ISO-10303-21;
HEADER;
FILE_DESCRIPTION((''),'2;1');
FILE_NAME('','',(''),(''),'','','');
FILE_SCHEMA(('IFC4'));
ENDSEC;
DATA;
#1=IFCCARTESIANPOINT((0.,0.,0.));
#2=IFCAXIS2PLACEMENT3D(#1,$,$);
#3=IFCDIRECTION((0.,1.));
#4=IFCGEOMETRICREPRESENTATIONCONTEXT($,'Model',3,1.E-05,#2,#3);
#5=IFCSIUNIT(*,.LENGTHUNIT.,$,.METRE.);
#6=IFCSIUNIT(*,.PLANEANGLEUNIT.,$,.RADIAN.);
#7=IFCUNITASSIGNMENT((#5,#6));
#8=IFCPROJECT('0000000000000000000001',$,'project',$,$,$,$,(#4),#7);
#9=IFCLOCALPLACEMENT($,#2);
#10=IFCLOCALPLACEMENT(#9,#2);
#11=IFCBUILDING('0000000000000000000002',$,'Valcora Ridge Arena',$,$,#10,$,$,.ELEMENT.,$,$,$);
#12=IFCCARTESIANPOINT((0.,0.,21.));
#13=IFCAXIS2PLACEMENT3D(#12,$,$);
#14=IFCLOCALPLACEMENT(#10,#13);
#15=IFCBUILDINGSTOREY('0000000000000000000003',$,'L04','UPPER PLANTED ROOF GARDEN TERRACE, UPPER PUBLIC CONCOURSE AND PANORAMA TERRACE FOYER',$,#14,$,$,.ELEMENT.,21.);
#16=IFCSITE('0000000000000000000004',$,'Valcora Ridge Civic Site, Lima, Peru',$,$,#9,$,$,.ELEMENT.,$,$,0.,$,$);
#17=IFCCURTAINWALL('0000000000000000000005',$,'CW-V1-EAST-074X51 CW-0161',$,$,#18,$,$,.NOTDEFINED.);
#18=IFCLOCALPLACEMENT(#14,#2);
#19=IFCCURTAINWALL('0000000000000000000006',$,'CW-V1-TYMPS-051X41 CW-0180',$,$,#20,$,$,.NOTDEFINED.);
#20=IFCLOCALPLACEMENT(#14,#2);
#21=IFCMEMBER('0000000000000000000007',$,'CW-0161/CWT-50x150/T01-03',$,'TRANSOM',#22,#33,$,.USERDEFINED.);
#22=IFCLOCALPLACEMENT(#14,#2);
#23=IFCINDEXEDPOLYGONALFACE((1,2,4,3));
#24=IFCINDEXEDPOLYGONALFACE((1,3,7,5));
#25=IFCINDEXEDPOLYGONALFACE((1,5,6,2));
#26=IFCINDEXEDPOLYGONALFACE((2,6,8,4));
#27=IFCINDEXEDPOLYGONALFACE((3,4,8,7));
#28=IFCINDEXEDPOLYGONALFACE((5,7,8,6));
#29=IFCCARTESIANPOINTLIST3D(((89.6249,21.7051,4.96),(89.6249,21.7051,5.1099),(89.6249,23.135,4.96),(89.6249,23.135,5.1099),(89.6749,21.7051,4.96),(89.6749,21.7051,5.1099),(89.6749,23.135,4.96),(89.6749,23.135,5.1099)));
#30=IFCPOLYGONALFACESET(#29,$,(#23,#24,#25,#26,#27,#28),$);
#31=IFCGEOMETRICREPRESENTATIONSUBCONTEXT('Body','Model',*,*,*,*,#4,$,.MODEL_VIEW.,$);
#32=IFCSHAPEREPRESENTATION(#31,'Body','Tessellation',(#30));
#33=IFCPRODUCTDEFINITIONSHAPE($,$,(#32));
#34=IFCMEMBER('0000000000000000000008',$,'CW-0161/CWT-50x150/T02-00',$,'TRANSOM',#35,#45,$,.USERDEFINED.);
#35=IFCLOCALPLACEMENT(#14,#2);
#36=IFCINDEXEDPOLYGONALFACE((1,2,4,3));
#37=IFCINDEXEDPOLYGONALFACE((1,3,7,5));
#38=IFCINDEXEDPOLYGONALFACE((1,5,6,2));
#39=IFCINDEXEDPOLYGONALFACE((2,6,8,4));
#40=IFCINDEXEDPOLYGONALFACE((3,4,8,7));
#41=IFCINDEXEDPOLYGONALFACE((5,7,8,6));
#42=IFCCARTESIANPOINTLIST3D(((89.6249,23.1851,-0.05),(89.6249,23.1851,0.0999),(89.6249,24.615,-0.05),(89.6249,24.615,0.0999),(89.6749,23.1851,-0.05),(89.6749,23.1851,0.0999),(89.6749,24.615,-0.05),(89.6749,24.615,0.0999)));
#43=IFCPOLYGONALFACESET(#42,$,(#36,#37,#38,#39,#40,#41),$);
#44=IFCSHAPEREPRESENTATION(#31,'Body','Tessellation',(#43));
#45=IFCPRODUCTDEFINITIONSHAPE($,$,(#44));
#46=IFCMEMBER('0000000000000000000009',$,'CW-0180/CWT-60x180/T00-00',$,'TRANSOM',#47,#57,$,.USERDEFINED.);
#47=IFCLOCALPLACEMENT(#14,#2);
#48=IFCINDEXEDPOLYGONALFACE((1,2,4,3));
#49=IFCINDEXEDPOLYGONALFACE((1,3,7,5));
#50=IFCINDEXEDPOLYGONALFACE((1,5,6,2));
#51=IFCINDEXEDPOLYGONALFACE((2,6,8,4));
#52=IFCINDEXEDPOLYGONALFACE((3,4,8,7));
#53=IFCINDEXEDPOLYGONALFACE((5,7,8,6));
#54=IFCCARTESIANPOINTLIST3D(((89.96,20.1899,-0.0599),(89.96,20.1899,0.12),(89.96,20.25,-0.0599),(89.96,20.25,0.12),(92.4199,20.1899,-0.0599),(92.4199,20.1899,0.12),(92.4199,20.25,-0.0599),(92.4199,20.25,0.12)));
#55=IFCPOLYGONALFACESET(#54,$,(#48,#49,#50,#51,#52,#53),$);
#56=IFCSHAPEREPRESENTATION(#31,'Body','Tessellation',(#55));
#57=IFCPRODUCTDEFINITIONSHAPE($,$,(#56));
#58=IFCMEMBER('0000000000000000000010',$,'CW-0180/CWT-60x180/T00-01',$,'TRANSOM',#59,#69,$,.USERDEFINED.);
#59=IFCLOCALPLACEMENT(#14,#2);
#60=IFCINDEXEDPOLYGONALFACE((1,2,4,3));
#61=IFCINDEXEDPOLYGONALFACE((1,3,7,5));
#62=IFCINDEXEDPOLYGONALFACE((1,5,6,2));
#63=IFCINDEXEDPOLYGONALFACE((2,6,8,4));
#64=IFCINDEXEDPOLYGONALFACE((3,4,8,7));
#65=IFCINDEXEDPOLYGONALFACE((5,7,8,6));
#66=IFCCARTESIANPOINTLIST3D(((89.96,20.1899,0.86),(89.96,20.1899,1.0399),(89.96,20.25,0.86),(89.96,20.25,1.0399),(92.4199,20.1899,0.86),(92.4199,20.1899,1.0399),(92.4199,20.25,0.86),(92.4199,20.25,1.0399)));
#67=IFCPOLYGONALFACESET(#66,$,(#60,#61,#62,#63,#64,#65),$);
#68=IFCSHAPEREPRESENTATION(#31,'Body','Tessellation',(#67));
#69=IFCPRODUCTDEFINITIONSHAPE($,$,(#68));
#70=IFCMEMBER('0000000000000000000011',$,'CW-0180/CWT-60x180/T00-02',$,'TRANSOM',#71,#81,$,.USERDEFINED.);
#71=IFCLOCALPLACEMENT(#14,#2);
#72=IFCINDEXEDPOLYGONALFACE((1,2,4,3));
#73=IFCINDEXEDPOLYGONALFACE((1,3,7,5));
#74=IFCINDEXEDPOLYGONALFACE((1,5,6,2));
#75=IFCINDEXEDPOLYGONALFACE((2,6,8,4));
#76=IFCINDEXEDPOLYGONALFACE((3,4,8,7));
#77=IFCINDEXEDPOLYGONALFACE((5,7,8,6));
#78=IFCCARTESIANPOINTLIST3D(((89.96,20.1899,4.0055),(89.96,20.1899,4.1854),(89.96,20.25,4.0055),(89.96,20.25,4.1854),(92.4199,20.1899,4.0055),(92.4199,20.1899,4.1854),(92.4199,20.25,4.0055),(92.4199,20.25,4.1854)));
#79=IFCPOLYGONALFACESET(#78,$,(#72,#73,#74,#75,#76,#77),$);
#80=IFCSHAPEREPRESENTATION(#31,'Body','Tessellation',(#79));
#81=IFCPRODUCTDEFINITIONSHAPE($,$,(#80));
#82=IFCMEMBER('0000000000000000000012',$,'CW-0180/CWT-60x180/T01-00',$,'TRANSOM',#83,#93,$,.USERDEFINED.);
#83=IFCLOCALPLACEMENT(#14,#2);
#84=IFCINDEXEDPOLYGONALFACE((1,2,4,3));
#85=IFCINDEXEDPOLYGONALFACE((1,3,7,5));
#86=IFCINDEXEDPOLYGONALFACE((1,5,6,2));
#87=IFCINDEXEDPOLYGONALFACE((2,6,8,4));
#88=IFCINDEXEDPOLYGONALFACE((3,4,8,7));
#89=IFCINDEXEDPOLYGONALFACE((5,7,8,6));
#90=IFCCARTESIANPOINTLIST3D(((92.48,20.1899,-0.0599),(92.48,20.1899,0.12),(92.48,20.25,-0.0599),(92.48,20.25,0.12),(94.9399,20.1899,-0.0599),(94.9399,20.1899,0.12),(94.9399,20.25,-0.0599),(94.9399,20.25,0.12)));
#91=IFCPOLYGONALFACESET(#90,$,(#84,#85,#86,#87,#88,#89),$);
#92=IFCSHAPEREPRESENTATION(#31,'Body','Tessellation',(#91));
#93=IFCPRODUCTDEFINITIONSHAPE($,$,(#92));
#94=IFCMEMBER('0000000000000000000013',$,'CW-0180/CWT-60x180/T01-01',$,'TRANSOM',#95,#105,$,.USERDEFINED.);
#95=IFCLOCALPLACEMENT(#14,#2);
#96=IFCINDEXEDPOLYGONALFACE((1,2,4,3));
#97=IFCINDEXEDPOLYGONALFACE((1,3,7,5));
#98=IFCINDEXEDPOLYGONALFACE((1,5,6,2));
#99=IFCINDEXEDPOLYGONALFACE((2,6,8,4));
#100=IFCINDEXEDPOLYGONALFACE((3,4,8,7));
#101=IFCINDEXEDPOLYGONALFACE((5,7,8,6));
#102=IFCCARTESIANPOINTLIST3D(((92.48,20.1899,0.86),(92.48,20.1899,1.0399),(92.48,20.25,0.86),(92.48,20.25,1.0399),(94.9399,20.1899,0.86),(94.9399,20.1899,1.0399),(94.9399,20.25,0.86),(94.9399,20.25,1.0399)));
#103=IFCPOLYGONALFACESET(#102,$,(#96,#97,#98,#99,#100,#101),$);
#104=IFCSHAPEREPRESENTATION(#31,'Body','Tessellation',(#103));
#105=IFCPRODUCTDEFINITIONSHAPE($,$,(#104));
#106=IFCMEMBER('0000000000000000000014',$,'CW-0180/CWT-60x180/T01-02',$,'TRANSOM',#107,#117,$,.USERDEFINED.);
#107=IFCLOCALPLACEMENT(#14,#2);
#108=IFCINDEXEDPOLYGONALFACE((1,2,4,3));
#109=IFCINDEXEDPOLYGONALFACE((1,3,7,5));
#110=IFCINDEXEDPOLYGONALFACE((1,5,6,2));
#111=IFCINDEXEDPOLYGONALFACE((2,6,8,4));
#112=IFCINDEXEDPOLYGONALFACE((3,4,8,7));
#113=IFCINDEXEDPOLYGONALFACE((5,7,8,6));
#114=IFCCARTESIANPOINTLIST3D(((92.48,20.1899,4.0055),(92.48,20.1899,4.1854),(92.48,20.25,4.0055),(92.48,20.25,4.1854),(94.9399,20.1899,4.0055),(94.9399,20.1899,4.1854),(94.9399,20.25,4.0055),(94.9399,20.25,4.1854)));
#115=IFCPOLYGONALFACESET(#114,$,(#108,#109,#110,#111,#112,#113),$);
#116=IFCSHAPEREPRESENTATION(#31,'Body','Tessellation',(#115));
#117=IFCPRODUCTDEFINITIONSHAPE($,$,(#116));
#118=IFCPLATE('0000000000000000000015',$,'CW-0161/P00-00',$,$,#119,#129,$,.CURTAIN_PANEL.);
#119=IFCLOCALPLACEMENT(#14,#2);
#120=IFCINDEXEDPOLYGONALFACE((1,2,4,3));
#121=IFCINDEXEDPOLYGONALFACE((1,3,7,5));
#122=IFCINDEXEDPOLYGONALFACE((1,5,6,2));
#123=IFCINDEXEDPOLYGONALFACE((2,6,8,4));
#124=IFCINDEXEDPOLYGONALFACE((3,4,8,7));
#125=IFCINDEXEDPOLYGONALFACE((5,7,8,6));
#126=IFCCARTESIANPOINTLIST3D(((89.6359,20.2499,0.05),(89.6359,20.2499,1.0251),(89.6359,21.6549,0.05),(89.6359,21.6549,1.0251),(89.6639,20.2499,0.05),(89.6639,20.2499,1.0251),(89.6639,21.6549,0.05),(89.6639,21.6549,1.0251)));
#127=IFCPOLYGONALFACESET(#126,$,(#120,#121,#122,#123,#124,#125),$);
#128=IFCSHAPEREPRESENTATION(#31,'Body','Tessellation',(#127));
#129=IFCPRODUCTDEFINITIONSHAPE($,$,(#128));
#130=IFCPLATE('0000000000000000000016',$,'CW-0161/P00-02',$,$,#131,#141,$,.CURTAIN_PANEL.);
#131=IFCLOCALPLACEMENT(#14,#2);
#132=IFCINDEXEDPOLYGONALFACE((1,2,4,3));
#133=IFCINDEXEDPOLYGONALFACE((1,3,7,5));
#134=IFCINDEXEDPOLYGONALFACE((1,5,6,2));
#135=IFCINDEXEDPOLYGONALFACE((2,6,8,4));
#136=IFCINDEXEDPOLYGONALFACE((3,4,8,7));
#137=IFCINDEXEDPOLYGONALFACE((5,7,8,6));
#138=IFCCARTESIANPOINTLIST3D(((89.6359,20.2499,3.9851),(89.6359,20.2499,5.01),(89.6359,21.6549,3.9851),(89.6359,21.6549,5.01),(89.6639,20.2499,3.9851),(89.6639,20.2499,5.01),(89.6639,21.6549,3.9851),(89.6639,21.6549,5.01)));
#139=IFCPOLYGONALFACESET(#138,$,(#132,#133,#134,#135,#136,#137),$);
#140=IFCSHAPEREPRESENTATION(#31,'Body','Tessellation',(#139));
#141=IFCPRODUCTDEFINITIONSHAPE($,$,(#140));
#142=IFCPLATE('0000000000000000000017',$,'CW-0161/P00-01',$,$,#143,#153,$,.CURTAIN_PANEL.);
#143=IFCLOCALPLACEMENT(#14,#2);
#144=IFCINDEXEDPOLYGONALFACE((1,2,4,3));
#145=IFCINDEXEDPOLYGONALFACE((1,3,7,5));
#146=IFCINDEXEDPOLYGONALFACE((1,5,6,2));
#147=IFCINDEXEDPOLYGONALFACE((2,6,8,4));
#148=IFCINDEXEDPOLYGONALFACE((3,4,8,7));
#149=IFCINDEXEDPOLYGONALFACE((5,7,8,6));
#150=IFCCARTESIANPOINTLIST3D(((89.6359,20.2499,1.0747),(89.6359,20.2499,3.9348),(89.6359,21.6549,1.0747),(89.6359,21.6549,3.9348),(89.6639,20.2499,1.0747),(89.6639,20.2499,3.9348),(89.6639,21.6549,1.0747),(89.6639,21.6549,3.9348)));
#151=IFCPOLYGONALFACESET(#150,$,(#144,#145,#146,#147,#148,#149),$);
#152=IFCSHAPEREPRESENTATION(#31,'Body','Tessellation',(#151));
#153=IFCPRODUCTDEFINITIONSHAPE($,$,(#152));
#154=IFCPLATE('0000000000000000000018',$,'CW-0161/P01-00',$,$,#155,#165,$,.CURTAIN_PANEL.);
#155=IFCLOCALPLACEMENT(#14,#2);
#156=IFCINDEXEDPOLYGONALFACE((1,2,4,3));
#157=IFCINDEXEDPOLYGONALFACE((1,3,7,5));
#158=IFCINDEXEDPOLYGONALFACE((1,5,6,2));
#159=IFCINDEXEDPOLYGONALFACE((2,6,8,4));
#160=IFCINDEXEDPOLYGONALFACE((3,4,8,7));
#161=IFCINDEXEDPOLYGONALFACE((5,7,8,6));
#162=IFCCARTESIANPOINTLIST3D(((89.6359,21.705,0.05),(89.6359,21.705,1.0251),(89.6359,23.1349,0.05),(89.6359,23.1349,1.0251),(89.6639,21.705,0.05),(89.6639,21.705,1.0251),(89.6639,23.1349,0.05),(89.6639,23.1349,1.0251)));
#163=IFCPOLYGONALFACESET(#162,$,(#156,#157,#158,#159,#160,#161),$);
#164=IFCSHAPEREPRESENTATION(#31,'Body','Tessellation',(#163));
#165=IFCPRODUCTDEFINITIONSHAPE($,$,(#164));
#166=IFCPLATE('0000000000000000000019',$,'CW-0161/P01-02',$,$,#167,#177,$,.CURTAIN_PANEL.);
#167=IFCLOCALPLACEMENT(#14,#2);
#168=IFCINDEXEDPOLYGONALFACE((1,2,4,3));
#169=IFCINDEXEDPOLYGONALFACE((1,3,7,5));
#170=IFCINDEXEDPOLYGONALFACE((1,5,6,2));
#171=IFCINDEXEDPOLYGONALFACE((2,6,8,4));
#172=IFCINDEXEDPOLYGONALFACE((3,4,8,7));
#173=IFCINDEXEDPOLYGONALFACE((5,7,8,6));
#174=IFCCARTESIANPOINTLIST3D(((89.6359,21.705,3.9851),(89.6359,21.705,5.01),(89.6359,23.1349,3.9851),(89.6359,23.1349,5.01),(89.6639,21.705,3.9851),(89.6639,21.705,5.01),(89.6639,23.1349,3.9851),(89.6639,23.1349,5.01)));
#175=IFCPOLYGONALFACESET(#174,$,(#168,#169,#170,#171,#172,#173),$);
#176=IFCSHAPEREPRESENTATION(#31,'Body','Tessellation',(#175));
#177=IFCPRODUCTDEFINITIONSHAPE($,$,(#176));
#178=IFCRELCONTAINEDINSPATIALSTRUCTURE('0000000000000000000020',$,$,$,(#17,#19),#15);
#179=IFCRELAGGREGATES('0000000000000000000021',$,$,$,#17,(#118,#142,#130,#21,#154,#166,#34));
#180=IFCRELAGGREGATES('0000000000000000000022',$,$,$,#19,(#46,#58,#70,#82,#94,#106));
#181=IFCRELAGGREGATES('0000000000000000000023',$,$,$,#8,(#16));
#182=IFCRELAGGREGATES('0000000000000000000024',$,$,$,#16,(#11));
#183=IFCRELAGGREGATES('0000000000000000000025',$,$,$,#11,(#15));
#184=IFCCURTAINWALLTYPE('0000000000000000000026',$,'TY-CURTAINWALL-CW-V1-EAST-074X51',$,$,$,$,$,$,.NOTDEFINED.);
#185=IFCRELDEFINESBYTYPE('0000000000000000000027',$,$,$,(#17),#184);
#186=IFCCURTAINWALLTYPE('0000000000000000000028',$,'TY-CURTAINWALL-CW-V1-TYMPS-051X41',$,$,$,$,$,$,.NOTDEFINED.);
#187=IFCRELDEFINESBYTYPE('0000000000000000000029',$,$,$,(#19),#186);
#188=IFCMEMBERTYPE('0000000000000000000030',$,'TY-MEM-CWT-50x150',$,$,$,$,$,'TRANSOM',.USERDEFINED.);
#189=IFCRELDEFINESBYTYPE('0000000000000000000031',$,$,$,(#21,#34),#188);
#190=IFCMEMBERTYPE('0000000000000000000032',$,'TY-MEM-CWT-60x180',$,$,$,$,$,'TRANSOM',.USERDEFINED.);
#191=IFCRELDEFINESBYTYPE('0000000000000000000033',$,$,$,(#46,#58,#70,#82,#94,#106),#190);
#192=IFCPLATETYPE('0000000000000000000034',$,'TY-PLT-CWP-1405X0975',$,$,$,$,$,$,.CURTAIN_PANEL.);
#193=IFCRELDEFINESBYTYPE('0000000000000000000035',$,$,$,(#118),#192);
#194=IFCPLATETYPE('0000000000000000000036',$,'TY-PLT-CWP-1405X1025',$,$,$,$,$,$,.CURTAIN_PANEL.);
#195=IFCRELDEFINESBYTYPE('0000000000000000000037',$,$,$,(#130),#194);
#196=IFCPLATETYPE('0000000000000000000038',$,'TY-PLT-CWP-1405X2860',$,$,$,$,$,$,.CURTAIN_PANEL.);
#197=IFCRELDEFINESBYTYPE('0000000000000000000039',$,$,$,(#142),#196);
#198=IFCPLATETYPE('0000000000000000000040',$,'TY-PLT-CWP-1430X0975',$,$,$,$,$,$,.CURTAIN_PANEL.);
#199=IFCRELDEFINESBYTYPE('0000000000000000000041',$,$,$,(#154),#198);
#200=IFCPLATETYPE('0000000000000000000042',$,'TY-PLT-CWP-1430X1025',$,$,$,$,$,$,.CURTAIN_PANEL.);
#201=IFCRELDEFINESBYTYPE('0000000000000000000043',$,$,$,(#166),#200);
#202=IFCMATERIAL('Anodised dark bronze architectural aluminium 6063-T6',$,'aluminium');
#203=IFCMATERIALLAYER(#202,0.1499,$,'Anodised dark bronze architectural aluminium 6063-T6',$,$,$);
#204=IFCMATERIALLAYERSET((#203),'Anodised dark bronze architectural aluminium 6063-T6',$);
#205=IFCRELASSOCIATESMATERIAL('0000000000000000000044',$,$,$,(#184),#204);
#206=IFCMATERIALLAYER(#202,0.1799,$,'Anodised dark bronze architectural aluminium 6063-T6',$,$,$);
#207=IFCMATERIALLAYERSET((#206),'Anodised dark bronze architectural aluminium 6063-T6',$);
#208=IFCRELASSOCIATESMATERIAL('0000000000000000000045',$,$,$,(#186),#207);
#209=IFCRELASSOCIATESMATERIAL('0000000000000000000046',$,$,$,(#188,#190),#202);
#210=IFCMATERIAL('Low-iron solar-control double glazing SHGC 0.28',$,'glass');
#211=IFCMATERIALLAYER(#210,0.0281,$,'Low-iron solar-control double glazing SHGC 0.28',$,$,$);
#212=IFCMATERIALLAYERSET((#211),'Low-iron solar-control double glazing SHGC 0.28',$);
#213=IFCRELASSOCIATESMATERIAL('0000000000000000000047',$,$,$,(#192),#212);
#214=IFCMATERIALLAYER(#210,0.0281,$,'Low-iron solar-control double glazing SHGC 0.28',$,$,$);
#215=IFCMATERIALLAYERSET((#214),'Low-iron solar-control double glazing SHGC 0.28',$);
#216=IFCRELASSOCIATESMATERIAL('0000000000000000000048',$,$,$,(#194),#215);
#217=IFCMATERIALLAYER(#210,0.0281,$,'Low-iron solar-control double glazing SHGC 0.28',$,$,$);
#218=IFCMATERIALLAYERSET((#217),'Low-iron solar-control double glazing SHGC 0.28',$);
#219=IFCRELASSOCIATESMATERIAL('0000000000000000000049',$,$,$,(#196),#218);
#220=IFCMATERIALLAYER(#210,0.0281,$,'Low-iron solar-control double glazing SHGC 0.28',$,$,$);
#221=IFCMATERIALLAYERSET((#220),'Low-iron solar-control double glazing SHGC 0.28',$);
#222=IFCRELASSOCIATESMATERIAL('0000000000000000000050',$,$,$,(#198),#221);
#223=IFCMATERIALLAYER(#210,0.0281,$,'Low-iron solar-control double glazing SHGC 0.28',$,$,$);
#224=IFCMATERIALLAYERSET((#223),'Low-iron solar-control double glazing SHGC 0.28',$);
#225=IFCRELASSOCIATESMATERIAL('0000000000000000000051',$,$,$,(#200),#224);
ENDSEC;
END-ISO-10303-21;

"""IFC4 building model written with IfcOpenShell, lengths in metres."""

from ifc_helpers import new_model, si_unit, direction, frame, origin, origin_2d, place, context, subcontext, project, spatial, rectangle, extrude, material, layer, layer_set, material_profile, profile_set, type_object, element, aggregate, save


model = new_model("IFC4")

# Units and contexts
model_context = context("Model", 3, precision=1e-05, world=origin(), true_north=direction((0.0, 1.0)))
body_context = subcontext(model_context, "Body", "Model", "MODEL_VIEW")
ifc_project = project(units=[si_unit("LENGTHUNIT", "METRE"), si_unit("PLANEANGLEUNIT", "RADIAN")], contexts=[model_context])

# Site, building, storey
site_placement = place(None, origin())
site = spatial("IfcSite", under=ifc_project, at=site_placement, Name="Valcora Ridge Civic Site, Lima, Peru", CompositionType="ELEMENT", RefElevation=0.0)
building_placement = place(site_placement, origin())
building = spatial("IfcBuilding", under=site, at=building_placement, Name="Valcora Ridge Arena", CompositionType="ELEMENT")
storey_placement = place(building_placement, frame((0.0, 0.0, 21.0)))
storey = spatial("IfcBuildingStorey", under=building, at=storey_placement, Name="L04", Description="UPPER PLANTED ROOF GARDEN TERRACE, UPPER PUBLIC CONCOURSE AND PANORAMA TERRACE FOYER", CompositionType="ELEMENT", Elevation=21.0)

# Curtain wall
ifc_material_1 = material(Name="Anodised dark bronze architectural aluminium 6063-T6", Category="aluminium")
ifc_layer_1 = layer(ifc_material_1, 0.1499, Name="Anodised dark bronze architectural aluminium 6063-T6")
ifc_layer_set_1 = layer_set([ifc_layer_1], Name="Anodised dark bronze architectural aluminium 6063-T6")
curtain_wall_type_1 = type_object("IfcCurtainWallType", Name="TY-CURTAINWALL-CW-V1-EAST-074X51", PredefinedType="NOTDEFINED", material=ifc_layer_set_1)
curtain_wall_1_placement = place(storey_placement, origin())
curtain_wall_1 = element("IfcCurtainWall", 1, at=curtain_wall_1_placement, inside=storey, type_object=curtain_wall_type_1, Name="CW-V1-EAST-074X51 CW-0161", PredefinedType="NOTDEFINED")

# Curtain wall
ifc_layer_2 = layer(ifc_material_1, 0.1799, Name="Anodised dark bronze architectural aluminium 6063-T6")
ifc_layer_set_2 = layer_set([ifc_layer_2], Name="Anodised dark bronze architectural aluminium 6063-T6")
curtain_wall_type_2 = type_object("IfcCurtainWallType", Name="TY-CURTAINWALL-CW-V1-TYMPS-051X41", PredefinedType="NOTDEFINED", material=ifc_layer_set_2)
curtain_wall_2_placement = place(storey_placement, origin())
curtain_wall_2 = element("IfcCurtainWall", 2, at=curtain_wall_2_placement, inside=storey, type_object=curtain_wall_type_2, Name="CW-V1-TYMPS-051X41 CW-0180", PredefinedType="NOTDEFINED")

# Members
ifc_material_profile_1 = material_profile(ifc_material_1, rectangle(XDim=0.05, YDim=0.1499, at=origin_2d()), Name="ALU TRANSOM 50x150")
ifc_profile_set_1 = profile_set([ifc_material_profile_1], Name="Anodised dark bronze architectural aluminium 6063-T6")
member_type_1 = type_object("IfcMemberType", Name="TY-MEM-CWT-50x150", ElementType="TRANSOM", PredefinedType="USERDEFINED", material=ifc_profile_set_1)
member_1_placement = place(storey_placement, frame((89.6499, 21.7051, 5.0349), z_axis=(0.0, 1.0, 0.0), x_axis=(-1.0, 0.0, 0.0)))
member_1 = element("IfcMember", 3, at=member_1_placement, type_object=member_type_1, Name="CW-0161/CWT-50x150/T01-03", ObjectType="TRANSOM", PredefinedType="USERDEFINED", context=body_context, shape_type="SweptSolid", body=[
    extrude(rectangle(XDim=0.05, YDim=0.1499, at=origin_2d()), origin(), (0.0, 0.0, 1.0), 1.4299),
])
member_2_placement = place(storey_placement, frame((89.6499, 23.1851, 0.0249), z_axis=(0.0, 1.0, 0.0), x_axis=(-1.0, 0.0, 0.0)))
member_2 = element("IfcMember", 4, at=member_2_placement, type_object=member_type_1, Name="CW-0161/CWT-50x150/T02-00", ObjectType="TRANSOM", PredefinedType="USERDEFINED", context=body_context, shape_type="SweptSolid", body=[
    extrude(rectangle(XDim=0.05, YDim=0.1499, at=origin_2d()), origin(), (0.0, 0.0, 1.0), 1.4299),
])
ifc_material_profile_2 = material_profile(ifc_material_1, rectangle(XDim=0.0601, YDim=0.1799, at=origin_2d()), Name="ALU TRANSOM 60x180")
ifc_profile_set_2 = profile_set([ifc_material_profile_2], Name="Anodised dark bronze architectural aluminium 6063-T6")
member_type_2 = type_object("IfcMemberType", Name="TY-MEM-CWT-60x180", ElementType="TRANSOM", PredefinedType="USERDEFINED", material=ifc_profile_set_2)
member_3_placement = place(storey_placement, frame((89.96, 20.22, 0.03), z_axis=(1.0, 0.0, 0.0), x_axis=(0.0, 1.0, 0.0)))
member_3 = element("IfcMember", 5, at=member_3_placement, type_object=member_type_2, Name="CW-0180/CWT-60x180/T00-00", ObjectType="TRANSOM", PredefinedType="USERDEFINED", context=body_context, shape_type="SweptSolid", body=[
    extrude(rectangle(XDim=0.0601, YDim=0.1799, at=origin_2d()), origin(), (0.0, 0.0, 1.0), 2.46),
])
member_4_placement = place(storey_placement, frame((89.96, 20.22, 0.95), z_axis=(1.0, 0.0, 0.0), x_axis=(0.0, 1.0, 0.0)))
member_4 = element("IfcMember", 6, at=member_4_placement, type_object=member_type_2, Name="CW-0180/CWT-60x180/T00-01", ObjectType="TRANSOM", PredefinedType="USERDEFINED", context=body_context, shape_type="SweptSolid", body=[
    extrude(rectangle(XDim=0.0601, YDim=0.1799, at=origin_2d()), origin(), (0.0, 0.0, 1.0), 2.46),
])
member_5_placement = place(storey_placement, frame((89.96, 20.22, 4.0955), z_axis=(1.0, 0.0, 0.0), x_axis=(0.0, 1.0, 0.0)))
member_5 = element("IfcMember", 7, at=member_5_placement, type_object=member_type_2, Name="CW-0180/CWT-60x180/T00-02", ObjectType="TRANSOM", PredefinedType="USERDEFINED", context=body_context, shape_type="SweptSolid", body=[
    extrude(rectangle(XDim=0.0601, YDim=0.1799, at=origin_2d()), origin(), (0.0, 0.0, 1.0), 2.46),
])
member_6_placement = place(storey_placement, frame((92.48, 20.22, 0.03), z_axis=(1.0, 0.0, 0.0), x_axis=(0.0, 1.0, 0.0)))
member_6 = element("IfcMember", 8, at=member_6_placement, type_object=member_type_2, Name="CW-0180/CWT-60x180/T01-00", ObjectType="TRANSOM", PredefinedType="USERDEFINED", context=body_context, shape_type="SweptSolid", body=[
    extrude(rectangle(XDim=0.0601, YDim=0.1799, at=origin_2d()), origin(), (0.0, 0.0, 1.0), 2.46),
])
member_7_placement = place(storey_placement, frame((92.48, 20.22, 0.95), z_axis=(1.0, 0.0, 0.0), x_axis=(0.0, 1.0, 0.0)))
member_7 = element("IfcMember", 9, at=member_7_placement, type_object=member_type_2, Name="CW-0180/CWT-60x180/T01-01", ObjectType="TRANSOM", PredefinedType="USERDEFINED", context=body_context, shape_type="SweptSolid", body=[
    extrude(rectangle(XDim=0.0601, YDim=0.1799, at=origin_2d()), origin(), (0.0, 0.0, 1.0), 2.46),
])
member_8_placement = place(storey_placement, frame((92.48, 20.22, 4.0955), z_axis=(1.0, 0.0, 0.0), x_axis=(0.0, 1.0, 0.0)))
member_8 = element("IfcMember", 10, at=member_8_placement, type_object=member_type_2, Name="CW-0180/CWT-60x180/T01-02", ObjectType="TRANSOM", PredefinedType="USERDEFINED", context=body_context, shape_type="SweptSolid", body=[
    extrude(rectangle(XDim=0.0601, YDim=0.1799, at=origin_2d()), origin(), (0.0, 0.0, 1.0), 2.46),
])

# Plates
ifc_material_2 = material(Name="Low-iron solar-control double glazing SHGC 0.28", Category="glass")
ifc_layer_3 = layer(ifc_material_2, 0.0281, Name="Low-iron solar-control double glazing SHGC 0.28")
ifc_layer_set_3 = layer_set([ifc_layer_3], Name="Low-iron solar-control double glazing SHGC 0.28")
plate_type_1 = type_object("IfcPlateType", Name="TY-PLT-CWP-1405X0975", PredefinedType="CURTAIN_PANEL", material=ifc_layer_set_3)
plate_1_placement = place(storey_placement, frame((89.6499, 20.9524, 0.05), z_axis=(0.0, 0.0, 1.0), x_axis=(0.0, 1.0, 0.0)))
plate_1 = element("IfcPlate", 11, at=plate_1_placement, type_object=plate_type_1, Name="CW-0161/P00-00", PredefinedType="CURTAIN_PANEL", context=body_context, shape_type="SweptSolid", body=[
    extrude(rectangle(XDim=1.405, YDim=0.0281, at=origin_2d()), origin(), (0.0, 0.0, 1.0), 0.9751),
])
ifc_layer_4 = layer(ifc_material_2, 0.0281, Name="Low-iron solar-control double glazing SHGC 0.28")
ifc_layer_set_4 = layer_set([ifc_layer_4], Name="Low-iron solar-control double glazing SHGC 0.28")
plate_type_2 = type_object("IfcPlateType", Name="TY-PLT-CWP-1405X1025", PredefinedType="CURTAIN_PANEL", material=ifc_layer_set_4)
plate_2_placement = place(storey_placement, frame((89.6499, 20.9524, 3.9851), z_axis=(0.0, 0.0, 1.0), x_axis=(0.0, 1.0, 0.0)))
plate_2 = element("IfcPlate", 12, at=plate_2_placement, type_object=plate_type_2, Name="CW-0161/P00-02", PredefinedType="CURTAIN_PANEL", context=body_context, shape_type="SweptSolid", body=[
    extrude(rectangle(XDim=1.405, YDim=0.0281, at=origin_2d()), origin(), (0.0, 0.0, 1.0), 1.0249),
])
ifc_layer_5 = layer(ifc_material_2, 0.0281, Name="Low-iron solar-control double glazing SHGC 0.28")
ifc_layer_set_5 = layer_set([ifc_layer_5], Name="Low-iron solar-control double glazing SHGC 0.28")
plate_type_3 = type_object("IfcPlateType", Name="TY-PLT-CWP-1405X2860", PredefinedType="CURTAIN_PANEL", material=ifc_layer_set_5)
plate_3_placement = place(storey_placement, frame((89.6499, 20.9524, 1.0747), z_axis=(0.0, 0.0, 1.0), x_axis=(0.0, 1.0, 0.0)))
plate_3 = element("IfcPlate", 13, at=plate_3_placement, type_object=plate_type_3, Name="CW-0161/P00-01", PredefinedType="CURTAIN_PANEL", context=body_context, shape_type="SweptSolid", body=[
    extrude(rectangle(XDim=1.405, YDim=0.0281, at=origin_2d()), origin(), (0.0, 0.0, 1.0), 2.8601),
])
ifc_layer_6 = layer(ifc_material_2, 0.0281, Name="Low-iron solar-control double glazing SHGC 0.28")
ifc_layer_set_6 = layer_set([ifc_layer_6], Name="Low-iron solar-control double glazing SHGC 0.28")
plate_type_4 = type_object("IfcPlateType", Name="TY-PLT-CWP-1430X0975", PredefinedType="CURTAIN_PANEL", material=ifc_layer_set_6)
plate_4_placement = place(storey_placement, frame((89.6499, 22.4199, 0.05), z_axis=(0.0, 0.0, 1.0), x_axis=(0.0, 1.0, 0.0)))
plate_4 = element("IfcPlate", 14, at=plate_4_placement, type_object=plate_type_4, Name="CW-0161/P01-00", PredefinedType="CURTAIN_PANEL", context=body_context, shape_type="SweptSolid", body=[
    extrude(rectangle(XDim=1.4299, YDim=0.0281, at=origin_2d()), origin(), (0.0, 0.0, 1.0), 0.9751),
])
ifc_layer_7 = layer(ifc_material_2, 0.0281, Name="Low-iron solar-control double glazing SHGC 0.28")
ifc_layer_set_7 = layer_set([ifc_layer_7], Name="Low-iron solar-control double glazing SHGC 0.28")
plate_type_5 = type_object("IfcPlateType", Name="TY-PLT-CWP-1430X1025", PredefinedType="CURTAIN_PANEL", material=ifc_layer_set_7)
plate_5_placement = place(storey_placement, frame((89.6499, 22.4199, 3.9851), z_axis=(0.0, 0.0, 1.0), x_axis=(0.0, 1.0, 0.0)))
plate_5 = element("IfcPlate", 15, at=plate_5_placement, type_object=plate_type_5, Name="CW-0161/P01-02", PredefinedType="CURTAIN_PANEL", context=body_context, shape_type="SweptSolid", body=[
    extrude(rectangle(XDim=1.4299, YDim=0.0281, at=origin_2d()), origin(), (0.0, 0.0, 1.0), 1.0249),
])
aggregate(curtain_wall_1, [plate_1, plate_3, plate_2, member_1, plate_4, plate_5, member_2])
aggregate(curtain_wall_2, [member_3, member_4, member_5, member_6, member_7, member_8])

save(model, "model.ifc")
